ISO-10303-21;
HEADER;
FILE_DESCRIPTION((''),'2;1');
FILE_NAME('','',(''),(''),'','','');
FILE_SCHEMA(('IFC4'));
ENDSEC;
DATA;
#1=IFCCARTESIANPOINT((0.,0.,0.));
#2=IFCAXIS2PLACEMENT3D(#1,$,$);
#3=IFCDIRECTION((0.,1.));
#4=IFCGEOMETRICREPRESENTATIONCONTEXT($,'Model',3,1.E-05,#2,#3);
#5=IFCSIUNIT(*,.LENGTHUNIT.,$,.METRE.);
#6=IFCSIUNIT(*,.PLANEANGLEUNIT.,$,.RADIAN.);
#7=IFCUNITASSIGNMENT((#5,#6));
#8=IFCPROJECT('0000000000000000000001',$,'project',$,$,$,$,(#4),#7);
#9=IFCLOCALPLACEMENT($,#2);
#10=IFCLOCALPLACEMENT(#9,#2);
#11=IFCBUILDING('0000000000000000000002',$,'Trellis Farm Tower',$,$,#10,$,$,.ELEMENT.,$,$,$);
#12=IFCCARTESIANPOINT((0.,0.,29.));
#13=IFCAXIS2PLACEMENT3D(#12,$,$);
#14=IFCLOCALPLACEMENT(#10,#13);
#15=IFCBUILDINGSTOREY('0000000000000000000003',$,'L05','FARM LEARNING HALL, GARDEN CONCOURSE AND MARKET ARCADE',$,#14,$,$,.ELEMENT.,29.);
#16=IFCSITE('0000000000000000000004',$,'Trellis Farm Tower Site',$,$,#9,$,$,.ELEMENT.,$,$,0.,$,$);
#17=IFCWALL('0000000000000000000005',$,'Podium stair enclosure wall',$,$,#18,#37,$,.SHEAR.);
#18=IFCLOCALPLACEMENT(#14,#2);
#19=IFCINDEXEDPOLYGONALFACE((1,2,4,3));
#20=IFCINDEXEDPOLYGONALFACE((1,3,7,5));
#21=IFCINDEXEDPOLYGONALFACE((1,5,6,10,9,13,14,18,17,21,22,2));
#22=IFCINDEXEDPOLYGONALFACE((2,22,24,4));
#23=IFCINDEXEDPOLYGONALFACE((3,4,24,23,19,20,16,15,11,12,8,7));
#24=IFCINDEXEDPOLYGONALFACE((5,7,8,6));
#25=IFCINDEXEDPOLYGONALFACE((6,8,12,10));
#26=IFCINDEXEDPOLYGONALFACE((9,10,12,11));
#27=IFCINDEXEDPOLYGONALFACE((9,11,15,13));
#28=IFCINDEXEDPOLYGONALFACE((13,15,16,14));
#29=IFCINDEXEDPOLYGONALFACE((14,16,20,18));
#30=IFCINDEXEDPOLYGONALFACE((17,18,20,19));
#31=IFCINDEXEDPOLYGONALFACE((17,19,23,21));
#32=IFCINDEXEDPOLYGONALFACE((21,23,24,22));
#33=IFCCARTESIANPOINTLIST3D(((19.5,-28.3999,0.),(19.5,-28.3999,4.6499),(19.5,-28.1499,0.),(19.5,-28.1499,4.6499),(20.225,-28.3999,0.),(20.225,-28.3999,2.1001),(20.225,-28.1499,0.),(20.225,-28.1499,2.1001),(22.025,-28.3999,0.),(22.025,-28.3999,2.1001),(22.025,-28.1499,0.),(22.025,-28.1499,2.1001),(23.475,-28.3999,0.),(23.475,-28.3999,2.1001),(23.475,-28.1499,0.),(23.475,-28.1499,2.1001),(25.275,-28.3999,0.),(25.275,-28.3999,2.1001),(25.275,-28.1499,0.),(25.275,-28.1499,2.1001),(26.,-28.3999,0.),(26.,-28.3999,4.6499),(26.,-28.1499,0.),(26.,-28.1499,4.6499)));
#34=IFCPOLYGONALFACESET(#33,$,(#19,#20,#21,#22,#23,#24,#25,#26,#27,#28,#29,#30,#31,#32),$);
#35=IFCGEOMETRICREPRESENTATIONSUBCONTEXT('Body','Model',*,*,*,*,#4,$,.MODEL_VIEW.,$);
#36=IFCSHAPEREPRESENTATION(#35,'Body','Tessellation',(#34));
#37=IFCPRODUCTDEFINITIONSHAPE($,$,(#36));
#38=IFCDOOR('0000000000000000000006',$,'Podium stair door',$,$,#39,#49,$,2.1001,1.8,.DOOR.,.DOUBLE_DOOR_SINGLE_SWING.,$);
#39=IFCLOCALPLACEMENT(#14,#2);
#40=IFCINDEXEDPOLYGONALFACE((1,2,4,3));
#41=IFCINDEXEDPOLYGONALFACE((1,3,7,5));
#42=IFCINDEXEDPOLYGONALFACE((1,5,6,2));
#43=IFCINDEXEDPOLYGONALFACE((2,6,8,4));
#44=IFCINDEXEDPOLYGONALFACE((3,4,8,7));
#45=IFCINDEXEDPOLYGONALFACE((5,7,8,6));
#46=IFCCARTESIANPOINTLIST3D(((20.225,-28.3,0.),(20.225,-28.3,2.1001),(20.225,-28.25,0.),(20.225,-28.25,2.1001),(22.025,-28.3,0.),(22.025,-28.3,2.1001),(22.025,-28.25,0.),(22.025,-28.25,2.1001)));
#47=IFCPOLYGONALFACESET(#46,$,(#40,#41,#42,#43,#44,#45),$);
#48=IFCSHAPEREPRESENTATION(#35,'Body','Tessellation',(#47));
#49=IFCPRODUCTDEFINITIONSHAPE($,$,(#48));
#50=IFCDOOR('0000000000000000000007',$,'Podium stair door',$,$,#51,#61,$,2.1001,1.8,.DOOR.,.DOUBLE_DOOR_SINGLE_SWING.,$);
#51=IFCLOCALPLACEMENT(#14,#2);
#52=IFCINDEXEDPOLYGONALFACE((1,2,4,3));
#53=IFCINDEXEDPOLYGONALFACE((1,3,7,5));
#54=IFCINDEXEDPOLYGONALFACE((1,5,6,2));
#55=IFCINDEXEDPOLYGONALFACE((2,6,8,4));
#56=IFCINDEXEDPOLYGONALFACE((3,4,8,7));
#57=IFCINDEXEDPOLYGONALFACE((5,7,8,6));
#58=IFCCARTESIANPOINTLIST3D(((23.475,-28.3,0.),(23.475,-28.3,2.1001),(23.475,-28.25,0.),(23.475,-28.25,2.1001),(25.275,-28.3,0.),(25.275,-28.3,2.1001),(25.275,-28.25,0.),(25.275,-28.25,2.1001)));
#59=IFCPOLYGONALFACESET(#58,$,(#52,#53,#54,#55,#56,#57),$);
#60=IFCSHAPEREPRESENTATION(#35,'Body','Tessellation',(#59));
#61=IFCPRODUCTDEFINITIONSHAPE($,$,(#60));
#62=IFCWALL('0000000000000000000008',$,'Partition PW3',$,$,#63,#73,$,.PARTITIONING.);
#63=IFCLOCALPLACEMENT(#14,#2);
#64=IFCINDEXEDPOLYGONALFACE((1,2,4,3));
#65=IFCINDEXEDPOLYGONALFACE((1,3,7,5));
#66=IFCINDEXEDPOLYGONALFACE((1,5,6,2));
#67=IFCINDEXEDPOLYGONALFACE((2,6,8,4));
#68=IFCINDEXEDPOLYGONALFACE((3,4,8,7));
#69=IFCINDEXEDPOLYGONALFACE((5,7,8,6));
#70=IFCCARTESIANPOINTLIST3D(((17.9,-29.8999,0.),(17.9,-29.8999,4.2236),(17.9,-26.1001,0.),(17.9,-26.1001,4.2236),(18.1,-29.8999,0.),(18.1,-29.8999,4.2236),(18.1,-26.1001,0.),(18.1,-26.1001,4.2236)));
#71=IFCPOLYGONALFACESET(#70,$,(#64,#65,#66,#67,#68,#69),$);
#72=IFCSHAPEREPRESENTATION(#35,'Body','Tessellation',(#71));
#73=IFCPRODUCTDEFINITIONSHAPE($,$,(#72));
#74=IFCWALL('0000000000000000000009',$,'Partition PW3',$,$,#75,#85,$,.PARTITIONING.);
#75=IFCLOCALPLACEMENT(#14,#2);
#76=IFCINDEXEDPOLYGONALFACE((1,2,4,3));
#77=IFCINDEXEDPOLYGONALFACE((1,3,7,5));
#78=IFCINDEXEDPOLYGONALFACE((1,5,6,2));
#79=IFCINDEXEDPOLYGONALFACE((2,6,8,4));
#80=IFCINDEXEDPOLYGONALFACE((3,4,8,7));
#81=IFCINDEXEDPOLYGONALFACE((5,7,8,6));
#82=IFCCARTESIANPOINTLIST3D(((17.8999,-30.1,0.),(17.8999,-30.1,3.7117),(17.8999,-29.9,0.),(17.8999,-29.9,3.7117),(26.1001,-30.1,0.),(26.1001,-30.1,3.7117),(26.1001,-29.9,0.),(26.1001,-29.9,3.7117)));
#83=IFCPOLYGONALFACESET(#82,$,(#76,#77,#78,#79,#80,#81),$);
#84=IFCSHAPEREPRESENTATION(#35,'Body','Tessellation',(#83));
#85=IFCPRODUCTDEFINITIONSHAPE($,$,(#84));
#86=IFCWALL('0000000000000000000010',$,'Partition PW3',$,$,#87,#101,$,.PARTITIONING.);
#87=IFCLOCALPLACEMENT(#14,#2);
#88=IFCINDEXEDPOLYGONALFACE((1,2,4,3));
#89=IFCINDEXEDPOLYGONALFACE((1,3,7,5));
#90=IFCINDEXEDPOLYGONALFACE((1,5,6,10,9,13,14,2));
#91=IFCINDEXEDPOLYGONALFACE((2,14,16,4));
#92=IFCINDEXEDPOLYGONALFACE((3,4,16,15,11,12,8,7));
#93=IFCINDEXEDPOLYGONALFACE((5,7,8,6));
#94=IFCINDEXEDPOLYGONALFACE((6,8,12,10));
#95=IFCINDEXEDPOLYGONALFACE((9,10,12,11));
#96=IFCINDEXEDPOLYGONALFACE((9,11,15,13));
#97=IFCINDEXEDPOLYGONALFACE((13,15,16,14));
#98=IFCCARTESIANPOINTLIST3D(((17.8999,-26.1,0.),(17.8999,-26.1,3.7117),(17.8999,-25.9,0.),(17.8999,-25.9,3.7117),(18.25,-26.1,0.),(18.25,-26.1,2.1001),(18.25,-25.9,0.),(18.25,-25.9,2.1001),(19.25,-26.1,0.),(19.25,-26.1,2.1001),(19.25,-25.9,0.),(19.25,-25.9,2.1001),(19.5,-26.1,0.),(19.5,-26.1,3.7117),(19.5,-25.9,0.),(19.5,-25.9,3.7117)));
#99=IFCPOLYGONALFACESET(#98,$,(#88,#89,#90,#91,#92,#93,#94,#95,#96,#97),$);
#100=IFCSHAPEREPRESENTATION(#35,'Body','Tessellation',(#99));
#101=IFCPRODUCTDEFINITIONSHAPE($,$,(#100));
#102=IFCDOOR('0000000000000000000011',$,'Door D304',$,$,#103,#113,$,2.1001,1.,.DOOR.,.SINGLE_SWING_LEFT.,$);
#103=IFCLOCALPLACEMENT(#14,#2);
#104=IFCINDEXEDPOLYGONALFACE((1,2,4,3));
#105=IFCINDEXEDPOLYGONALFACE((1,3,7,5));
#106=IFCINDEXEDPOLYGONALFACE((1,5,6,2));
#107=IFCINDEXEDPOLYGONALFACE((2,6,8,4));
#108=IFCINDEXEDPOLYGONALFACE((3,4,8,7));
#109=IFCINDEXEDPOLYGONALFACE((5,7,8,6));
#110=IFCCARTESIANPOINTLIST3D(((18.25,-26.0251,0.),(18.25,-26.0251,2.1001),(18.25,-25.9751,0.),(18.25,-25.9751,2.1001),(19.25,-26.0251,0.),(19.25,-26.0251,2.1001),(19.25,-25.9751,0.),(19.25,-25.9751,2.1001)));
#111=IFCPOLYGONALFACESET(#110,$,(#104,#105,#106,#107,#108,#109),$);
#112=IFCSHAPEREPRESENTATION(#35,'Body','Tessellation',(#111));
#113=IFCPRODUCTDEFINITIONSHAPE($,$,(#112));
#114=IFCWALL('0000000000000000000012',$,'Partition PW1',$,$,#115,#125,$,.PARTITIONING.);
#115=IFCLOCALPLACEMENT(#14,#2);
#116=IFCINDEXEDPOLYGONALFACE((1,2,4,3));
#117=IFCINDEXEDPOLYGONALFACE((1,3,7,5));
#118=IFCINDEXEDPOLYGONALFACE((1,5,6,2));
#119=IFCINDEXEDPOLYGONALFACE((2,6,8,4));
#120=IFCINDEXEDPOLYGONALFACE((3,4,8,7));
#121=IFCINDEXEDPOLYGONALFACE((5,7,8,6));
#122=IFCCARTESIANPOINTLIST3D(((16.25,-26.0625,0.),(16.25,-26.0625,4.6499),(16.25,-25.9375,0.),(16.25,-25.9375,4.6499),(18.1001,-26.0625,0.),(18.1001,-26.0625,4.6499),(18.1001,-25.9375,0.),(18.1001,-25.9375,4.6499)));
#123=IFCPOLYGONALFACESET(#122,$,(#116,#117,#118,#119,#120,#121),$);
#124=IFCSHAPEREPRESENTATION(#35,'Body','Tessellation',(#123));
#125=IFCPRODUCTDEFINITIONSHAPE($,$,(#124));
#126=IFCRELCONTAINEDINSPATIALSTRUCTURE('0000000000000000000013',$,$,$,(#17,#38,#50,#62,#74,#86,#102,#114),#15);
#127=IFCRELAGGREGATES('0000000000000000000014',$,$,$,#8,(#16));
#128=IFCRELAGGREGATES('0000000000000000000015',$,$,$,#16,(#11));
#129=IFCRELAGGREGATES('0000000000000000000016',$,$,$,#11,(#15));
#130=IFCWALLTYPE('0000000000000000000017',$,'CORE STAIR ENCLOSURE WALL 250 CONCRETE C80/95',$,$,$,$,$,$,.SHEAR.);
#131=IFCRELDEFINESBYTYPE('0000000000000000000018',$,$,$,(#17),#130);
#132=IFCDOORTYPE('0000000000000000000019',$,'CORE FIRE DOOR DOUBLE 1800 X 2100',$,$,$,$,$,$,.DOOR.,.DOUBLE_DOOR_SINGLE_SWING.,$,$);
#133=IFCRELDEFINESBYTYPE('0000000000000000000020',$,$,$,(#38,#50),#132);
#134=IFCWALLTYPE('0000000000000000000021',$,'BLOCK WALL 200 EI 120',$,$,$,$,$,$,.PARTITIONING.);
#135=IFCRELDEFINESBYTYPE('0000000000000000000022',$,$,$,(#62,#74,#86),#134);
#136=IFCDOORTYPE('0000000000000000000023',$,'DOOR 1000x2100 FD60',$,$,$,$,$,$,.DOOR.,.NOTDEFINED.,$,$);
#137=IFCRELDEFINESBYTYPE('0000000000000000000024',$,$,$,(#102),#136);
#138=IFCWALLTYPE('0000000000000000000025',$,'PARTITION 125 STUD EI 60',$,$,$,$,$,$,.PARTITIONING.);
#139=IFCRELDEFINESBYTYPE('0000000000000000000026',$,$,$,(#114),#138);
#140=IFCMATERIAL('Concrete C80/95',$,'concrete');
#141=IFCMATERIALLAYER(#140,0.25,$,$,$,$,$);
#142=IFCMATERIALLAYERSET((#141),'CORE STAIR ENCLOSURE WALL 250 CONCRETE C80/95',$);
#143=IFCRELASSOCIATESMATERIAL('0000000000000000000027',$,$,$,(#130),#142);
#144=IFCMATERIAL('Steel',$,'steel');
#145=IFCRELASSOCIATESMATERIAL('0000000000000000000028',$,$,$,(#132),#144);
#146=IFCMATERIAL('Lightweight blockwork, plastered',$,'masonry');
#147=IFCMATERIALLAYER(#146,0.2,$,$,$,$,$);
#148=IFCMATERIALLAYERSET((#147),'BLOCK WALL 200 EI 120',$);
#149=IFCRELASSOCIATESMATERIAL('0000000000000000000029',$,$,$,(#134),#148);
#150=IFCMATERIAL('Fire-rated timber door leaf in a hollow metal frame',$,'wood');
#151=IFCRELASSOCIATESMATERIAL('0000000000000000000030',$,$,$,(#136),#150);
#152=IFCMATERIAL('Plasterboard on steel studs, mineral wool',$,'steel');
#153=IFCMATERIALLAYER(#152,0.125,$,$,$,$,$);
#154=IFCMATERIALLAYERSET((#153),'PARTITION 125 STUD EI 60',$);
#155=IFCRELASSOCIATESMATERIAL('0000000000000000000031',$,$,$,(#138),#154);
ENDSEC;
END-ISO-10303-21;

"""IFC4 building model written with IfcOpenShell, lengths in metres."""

from ifc_helpers import new_model, si_unit, direction, frame, frame_2d, origin, place, context, subcontext, project, spatial, rectangle, extrude, source, transform, mapped, material, layer, layer_set, type_object, element, fill, save


model = new_model("IFC4")

# Units and contexts
model_context = context("Model", 3, precision=1e-05, world=origin(), true_north=direction((0.0, 1.0)))
body_context = subcontext(model_context, "Body", "Model", "MODEL_VIEW")
ifc_project = project(units=[si_unit("LENGTHUNIT", "METRE"), si_unit("PLANEANGLEUNIT", "RADIAN")], contexts=[model_context])

# Site, building, storey
site_placement = place(None, origin())
site = spatial("IfcSite", under=ifc_project, at=site_placement, Name="Trellis Farm Tower Site", CompositionType="ELEMENT", RefElevation=0.0)
building_placement = place(site_placement, origin())
building = spatial("IfcBuilding", under=site, at=building_placement, Name="Trellis Farm Tower", CompositionType="ELEMENT")
storey_placement = place(building_placement, frame((0.0, 0.0, 29.0)))
storey = spatial("IfcBuildingStorey", under=building, at=storey_placement, Name="L05", Description="FARM LEARNING HALL, GARDEN CONCOURSE AND MARKET ARCADE", CompositionType="ELEMENT", Elevation=29.0)

# Wall, openings, doors
ifc_material_1 = material(Name="Concrete C80/95", Category="concrete")
ifc_layer_1 = layer(ifc_material_1, 0.25)
ifc_layer_set_1 = layer_set([ifc_layer_1], Name="CORE STAIR ENCLOSURE WALL 250 CONCRETE C80/95")
wall_type_1 = type_object("IfcWallType", Name="CORE STAIR ENCLOSURE WALL 250 CONCRETE C80/95", PredefinedType="SHEAR", material=ifc_layer_set_1)
shared_shape_1 = source(origin(), body_context, "Body", "SweptSolid", [
    extrude(rectangle(XDim=6.5, YDim=0.25, at=frame_2d((3.25, 0.0))), origin(), (0.0, 0.0, 1.0), 4.6499),
])
wall_1_placement = place(storey_placement, frame((19.5, -28.2749, 0.0), z_axis=(0.0, 0.0, 1.0), x_axis=(1.0, 0.0, 0.0)))
wall_1 = element("IfcWall", 1, at=wall_1_placement, inside=storey, type_object=wall_type_1, Name="Podium stair enclosure wall", PredefinedType="SHEAR", context=body_context, shape_type="MappedRepresentation", body=[
    mapped(shared_shape_1, transform((0.0, 0.0, 0.0))),
])
shared_shape_2 = source(origin(), body_context, "Body", "SweptSolid", [
    extrude(rectangle(XDim=1.8, YDim=2.1001, at=frame_2d((0.8999, 1.05))), frame((0.0, 0.135, 0.0), z_axis=(0.0, -1.0, 0.0), x_axis=(1.0, 0.0, 0.0)), (0.0, 0.0, 1.0), 0.27),
])
opening_1_placement = place(wall_1_placement, frame((0.7251, 0.0, 0.0)))
opening_1 = element("IfcOpeningElement", 2, at=opening_1_placement, cuts=wall_1, PredefinedType="OPENING", context=body_context, shape_type="MappedRepresentation", body=[
    mapped(shared_shape_2, transform((0.0, 0.0, 0.0))),
])
opening_2_placement = place(wall_1_placement, frame((3.9751, 0.0, 0.0)))
opening_2 = element("IfcOpeningElement", 3, at=opening_2_placement, cuts=wall_1, PredefinedType="OPENING", context=body_context, shape_type="MappedRepresentation", body=[
    mapped(shared_shape_2, transform((0.0, 0.0, 0.0))),
])
ifc_material_2 = material(Name="Steel", Category="steel")
door_type_1 = type_object("IfcDoorType", Name="CORE FIRE DOOR DOUBLE 1800 X 2100", OperationType="DOUBLE_DOOR_SINGLE_SWING", PredefinedType="DOOR", material=ifc_material_2)
shared_shape_3 = source(origin(), body_context, "Body", "SweptSolid", [
    extrude(rectangle(XDim=1.8, YDim=2.1001, at=frame_2d((0.8999, 1.05))), frame((0.0, 0.0249, 0.0), z_axis=(0.0, -1.0, 0.0), x_axis=(1.0, 0.0, 0.0)), (0.0, 0.0, 1.0), 0.05),
])
door_1_placement = place(opening_1_placement, origin())
door_1 = element("IfcDoor", 4, at=door_1_placement, inside=storey, type_object=door_type_1, Name="Podium stair door", OperationType="DOUBLE_DOOR_SINGLE_SWING", OverallHeight=2.1001, OverallWidth=1.8, PredefinedType="DOOR", context=body_context, shape_type="MappedRepresentation", body=[
    mapped(shared_shape_3, transform((0.0, 0.0, 0.0))),
])
fill(opening_1, door_1)
door_2_placement = place(opening_2_placement, origin())
door_2 = element("IfcDoor", 5, at=door_2_placement, inside=storey, type_object=door_type_1, Name="Podium stair door", OperationType="DOUBLE_DOOR_SINGLE_SWING", OverallHeight=2.1001, OverallWidth=1.8, PredefinedType="DOOR", context=body_context, shape_type="MappedRepresentation", body=[
    mapped(shared_shape_3, transform((0.0, 0.0, 0.0))),
])
fill(opening_2, door_2)

# Walls
ifc_material_3 = material(Name="Lightweight blockwork, plastered", Category="masonry")
ifc_layer_2 = layer(ifc_material_3, 0.2)
ifc_layer_set_2 = layer_set([ifc_layer_2], Name="BLOCK WALL 200 EI 120")
wall_type_2 = type_object("IfcWallType", Name="BLOCK WALL 200 EI 120", PredefinedType="PARTITIONING", material=ifc_layer_set_2)
shared_shape_4 = source(origin(), body_context, "Body", "SweptSolid", [
    extrude(rectangle(XDim=3.7998, YDim=0.2, at=frame_2d((1.8999, 0.0))), origin(), (0.0, 0.0, 1.0), 4.2236),
])
wall_2_placement = place(storey_placement, frame((18.0, -26.1001, 0.0), z_axis=(0.0, 0.0, 1.0), x_axis=(0.0, -1.0, 0.0)))
element("IfcWall", 6, at=wall_2_placement, inside=storey, type_object=wall_type_2, Name="Partition PW3", PredefinedType="PARTITIONING", context=body_context, shape_type="MappedRepresentation", body=[
    mapped(shared_shape_4, transform((0.0, 0.0, 0.0))),
])
shared_shape_5 = source(origin(), body_context, "Body", "SweptSolid", [
    extrude(rectangle(XDim=8.2002, YDim=0.2, at=frame_2d((4.1001, 0.0))), origin(), (0.0, 0.0, 1.0), 3.7117),
])
wall_3_placement = place(storey_placement, frame((17.8999, -30.0, 0.0), z_axis=(0.0, 0.0, 1.0), x_axis=(1.0, 0.0, 0.0)))
element("IfcWall", 7, at=wall_3_placement, inside=storey, type_object=wall_type_2, Name="Partition PW3", PredefinedType="PARTITIONING", context=body_context, shape_type="MappedRepresentation", body=[
    mapped(shared_shape_5, transform((0.0, 0.0, 0.0))),
])

# Wall, opening, door
shared_shape_6 = source(origin(), body_context, "Body", "SweptSolid", [
    extrude(rectangle(XDim=1.6001, YDim=0.2, at=frame_2d((0.8, 0.0))), origin(), (0.0, 0.0, 1.0), 3.7117),
])
wall_4_placement = place(storey_placement, frame((17.8999, -26.0, 0.0), z_axis=(0.0, 0.0, 1.0), x_axis=(1.0, 0.0, 0.0)))
wall_4 = element("IfcWall", 8, at=wall_4_placement, inside=storey, type_object=wall_type_2, Name="Partition PW3", PredefinedType="PARTITIONING", context=body_context, shape_type="MappedRepresentation", body=[
    mapped(shared_shape_6, transform((0.0, 0.0, 0.0))),
])
shared_shape_7 = source(origin(), body_context, "Body", "SweptSolid", [
    extrude(rectangle(XDim=1.0, YDim=2.1001, at=frame_2d((0.5, 1.05))), frame((0.0, 0.1101, 0.0), z_axis=(0.0, -1.0, 0.0), x_axis=(1.0, 0.0, 0.0)), (0.0, 0.0, 1.0), 0.2202),
])
opening_3_placement = place(wall_4_placement, frame((0.3501, 0.0, 0.0)))
opening_3 = element("IfcOpeningElement", 9, at=opening_3_placement, cuts=wall_4, PredefinedType="OPENING", context=body_context, shape_type="MappedRepresentation", body=[
    mapped(shared_shape_7, transform((0.0, 0.0, 0.0))),
])
ifc_material_4 = material(Name="Fire-rated timber door leaf in a hollow metal frame", Category="wood")
door_type_2 = type_object("IfcDoorType", Name="DOOR 1000x2100 FD60", OperationType="NOTDEFINED", PredefinedType="DOOR", material=ifc_material_4)
shared_shape_8 = source(origin(), body_context, "Body", "SweptSolid", [
    extrude(rectangle(XDim=1.0, YDim=2.1001, at=frame_2d((0.5, 1.05))), frame((0.0, 0.0249, 0.0), z_axis=(0.0, -1.0, 0.0), x_axis=(1.0, 0.0, 0.0)), (0.0, 0.0, 1.0), 0.05),
])
door_3_placement = place(opening_3_placement, origin())
door_3 = element("IfcDoor", 10, at=door_3_placement, inside=storey, type_object=door_type_2, Name="Door D304", OperationType="SINGLE_SWING_LEFT", OverallHeight=2.1001, OverallWidth=1.0, PredefinedType="DOOR", context=body_context, shape_type="MappedRepresentation", body=[
    mapped(shared_shape_8, transform((0.0, 0.0, 0.0))),
])
fill(opening_3, door_3)

# Wall
ifc_material_5 = material(Name="Plasterboard on steel studs, mineral wool", Category="steel")
ifc_layer_3 = layer(ifc_material_5, 0.125)
ifc_layer_set_3 = layer_set([ifc_layer_3], Name="PARTITION 125 STUD EI 60")
wall_type_3 = type_object("IfcWallType", Name="PARTITION 125 STUD EI 60", PredefinedType="PARTITIONING", material=ifc_layer_set_3)
shared_shape_9 = source(origin(), body_context, "Body", "SweptSolid", [
    extrude(rectangle(XDim=1.8501, YDim=0.125, at=frame_2d((0.925, 0.0))), origin(), (0.0, 0.0, 1.0), 4.6499),
])
wall_5_placement = place(storey_placement, frame((18.1001, -26.0, 0.0), z_axis=(0.0, 0.0, 1.0), x_axis=(-1.0, 0.0, 0.0)))
element("IfcWall", 11, at=wall_5_placement, inside=storey, type_object=wall_type_3, Name="Partition PW1", PredefinedType="PARTITIONING", context=body_context, shape_type="MappedRepresentation", body=[
    mapped(shared_shape_9, transform((0.0, 0.0, 0.0))),
])

save(model, "model.ifc")
